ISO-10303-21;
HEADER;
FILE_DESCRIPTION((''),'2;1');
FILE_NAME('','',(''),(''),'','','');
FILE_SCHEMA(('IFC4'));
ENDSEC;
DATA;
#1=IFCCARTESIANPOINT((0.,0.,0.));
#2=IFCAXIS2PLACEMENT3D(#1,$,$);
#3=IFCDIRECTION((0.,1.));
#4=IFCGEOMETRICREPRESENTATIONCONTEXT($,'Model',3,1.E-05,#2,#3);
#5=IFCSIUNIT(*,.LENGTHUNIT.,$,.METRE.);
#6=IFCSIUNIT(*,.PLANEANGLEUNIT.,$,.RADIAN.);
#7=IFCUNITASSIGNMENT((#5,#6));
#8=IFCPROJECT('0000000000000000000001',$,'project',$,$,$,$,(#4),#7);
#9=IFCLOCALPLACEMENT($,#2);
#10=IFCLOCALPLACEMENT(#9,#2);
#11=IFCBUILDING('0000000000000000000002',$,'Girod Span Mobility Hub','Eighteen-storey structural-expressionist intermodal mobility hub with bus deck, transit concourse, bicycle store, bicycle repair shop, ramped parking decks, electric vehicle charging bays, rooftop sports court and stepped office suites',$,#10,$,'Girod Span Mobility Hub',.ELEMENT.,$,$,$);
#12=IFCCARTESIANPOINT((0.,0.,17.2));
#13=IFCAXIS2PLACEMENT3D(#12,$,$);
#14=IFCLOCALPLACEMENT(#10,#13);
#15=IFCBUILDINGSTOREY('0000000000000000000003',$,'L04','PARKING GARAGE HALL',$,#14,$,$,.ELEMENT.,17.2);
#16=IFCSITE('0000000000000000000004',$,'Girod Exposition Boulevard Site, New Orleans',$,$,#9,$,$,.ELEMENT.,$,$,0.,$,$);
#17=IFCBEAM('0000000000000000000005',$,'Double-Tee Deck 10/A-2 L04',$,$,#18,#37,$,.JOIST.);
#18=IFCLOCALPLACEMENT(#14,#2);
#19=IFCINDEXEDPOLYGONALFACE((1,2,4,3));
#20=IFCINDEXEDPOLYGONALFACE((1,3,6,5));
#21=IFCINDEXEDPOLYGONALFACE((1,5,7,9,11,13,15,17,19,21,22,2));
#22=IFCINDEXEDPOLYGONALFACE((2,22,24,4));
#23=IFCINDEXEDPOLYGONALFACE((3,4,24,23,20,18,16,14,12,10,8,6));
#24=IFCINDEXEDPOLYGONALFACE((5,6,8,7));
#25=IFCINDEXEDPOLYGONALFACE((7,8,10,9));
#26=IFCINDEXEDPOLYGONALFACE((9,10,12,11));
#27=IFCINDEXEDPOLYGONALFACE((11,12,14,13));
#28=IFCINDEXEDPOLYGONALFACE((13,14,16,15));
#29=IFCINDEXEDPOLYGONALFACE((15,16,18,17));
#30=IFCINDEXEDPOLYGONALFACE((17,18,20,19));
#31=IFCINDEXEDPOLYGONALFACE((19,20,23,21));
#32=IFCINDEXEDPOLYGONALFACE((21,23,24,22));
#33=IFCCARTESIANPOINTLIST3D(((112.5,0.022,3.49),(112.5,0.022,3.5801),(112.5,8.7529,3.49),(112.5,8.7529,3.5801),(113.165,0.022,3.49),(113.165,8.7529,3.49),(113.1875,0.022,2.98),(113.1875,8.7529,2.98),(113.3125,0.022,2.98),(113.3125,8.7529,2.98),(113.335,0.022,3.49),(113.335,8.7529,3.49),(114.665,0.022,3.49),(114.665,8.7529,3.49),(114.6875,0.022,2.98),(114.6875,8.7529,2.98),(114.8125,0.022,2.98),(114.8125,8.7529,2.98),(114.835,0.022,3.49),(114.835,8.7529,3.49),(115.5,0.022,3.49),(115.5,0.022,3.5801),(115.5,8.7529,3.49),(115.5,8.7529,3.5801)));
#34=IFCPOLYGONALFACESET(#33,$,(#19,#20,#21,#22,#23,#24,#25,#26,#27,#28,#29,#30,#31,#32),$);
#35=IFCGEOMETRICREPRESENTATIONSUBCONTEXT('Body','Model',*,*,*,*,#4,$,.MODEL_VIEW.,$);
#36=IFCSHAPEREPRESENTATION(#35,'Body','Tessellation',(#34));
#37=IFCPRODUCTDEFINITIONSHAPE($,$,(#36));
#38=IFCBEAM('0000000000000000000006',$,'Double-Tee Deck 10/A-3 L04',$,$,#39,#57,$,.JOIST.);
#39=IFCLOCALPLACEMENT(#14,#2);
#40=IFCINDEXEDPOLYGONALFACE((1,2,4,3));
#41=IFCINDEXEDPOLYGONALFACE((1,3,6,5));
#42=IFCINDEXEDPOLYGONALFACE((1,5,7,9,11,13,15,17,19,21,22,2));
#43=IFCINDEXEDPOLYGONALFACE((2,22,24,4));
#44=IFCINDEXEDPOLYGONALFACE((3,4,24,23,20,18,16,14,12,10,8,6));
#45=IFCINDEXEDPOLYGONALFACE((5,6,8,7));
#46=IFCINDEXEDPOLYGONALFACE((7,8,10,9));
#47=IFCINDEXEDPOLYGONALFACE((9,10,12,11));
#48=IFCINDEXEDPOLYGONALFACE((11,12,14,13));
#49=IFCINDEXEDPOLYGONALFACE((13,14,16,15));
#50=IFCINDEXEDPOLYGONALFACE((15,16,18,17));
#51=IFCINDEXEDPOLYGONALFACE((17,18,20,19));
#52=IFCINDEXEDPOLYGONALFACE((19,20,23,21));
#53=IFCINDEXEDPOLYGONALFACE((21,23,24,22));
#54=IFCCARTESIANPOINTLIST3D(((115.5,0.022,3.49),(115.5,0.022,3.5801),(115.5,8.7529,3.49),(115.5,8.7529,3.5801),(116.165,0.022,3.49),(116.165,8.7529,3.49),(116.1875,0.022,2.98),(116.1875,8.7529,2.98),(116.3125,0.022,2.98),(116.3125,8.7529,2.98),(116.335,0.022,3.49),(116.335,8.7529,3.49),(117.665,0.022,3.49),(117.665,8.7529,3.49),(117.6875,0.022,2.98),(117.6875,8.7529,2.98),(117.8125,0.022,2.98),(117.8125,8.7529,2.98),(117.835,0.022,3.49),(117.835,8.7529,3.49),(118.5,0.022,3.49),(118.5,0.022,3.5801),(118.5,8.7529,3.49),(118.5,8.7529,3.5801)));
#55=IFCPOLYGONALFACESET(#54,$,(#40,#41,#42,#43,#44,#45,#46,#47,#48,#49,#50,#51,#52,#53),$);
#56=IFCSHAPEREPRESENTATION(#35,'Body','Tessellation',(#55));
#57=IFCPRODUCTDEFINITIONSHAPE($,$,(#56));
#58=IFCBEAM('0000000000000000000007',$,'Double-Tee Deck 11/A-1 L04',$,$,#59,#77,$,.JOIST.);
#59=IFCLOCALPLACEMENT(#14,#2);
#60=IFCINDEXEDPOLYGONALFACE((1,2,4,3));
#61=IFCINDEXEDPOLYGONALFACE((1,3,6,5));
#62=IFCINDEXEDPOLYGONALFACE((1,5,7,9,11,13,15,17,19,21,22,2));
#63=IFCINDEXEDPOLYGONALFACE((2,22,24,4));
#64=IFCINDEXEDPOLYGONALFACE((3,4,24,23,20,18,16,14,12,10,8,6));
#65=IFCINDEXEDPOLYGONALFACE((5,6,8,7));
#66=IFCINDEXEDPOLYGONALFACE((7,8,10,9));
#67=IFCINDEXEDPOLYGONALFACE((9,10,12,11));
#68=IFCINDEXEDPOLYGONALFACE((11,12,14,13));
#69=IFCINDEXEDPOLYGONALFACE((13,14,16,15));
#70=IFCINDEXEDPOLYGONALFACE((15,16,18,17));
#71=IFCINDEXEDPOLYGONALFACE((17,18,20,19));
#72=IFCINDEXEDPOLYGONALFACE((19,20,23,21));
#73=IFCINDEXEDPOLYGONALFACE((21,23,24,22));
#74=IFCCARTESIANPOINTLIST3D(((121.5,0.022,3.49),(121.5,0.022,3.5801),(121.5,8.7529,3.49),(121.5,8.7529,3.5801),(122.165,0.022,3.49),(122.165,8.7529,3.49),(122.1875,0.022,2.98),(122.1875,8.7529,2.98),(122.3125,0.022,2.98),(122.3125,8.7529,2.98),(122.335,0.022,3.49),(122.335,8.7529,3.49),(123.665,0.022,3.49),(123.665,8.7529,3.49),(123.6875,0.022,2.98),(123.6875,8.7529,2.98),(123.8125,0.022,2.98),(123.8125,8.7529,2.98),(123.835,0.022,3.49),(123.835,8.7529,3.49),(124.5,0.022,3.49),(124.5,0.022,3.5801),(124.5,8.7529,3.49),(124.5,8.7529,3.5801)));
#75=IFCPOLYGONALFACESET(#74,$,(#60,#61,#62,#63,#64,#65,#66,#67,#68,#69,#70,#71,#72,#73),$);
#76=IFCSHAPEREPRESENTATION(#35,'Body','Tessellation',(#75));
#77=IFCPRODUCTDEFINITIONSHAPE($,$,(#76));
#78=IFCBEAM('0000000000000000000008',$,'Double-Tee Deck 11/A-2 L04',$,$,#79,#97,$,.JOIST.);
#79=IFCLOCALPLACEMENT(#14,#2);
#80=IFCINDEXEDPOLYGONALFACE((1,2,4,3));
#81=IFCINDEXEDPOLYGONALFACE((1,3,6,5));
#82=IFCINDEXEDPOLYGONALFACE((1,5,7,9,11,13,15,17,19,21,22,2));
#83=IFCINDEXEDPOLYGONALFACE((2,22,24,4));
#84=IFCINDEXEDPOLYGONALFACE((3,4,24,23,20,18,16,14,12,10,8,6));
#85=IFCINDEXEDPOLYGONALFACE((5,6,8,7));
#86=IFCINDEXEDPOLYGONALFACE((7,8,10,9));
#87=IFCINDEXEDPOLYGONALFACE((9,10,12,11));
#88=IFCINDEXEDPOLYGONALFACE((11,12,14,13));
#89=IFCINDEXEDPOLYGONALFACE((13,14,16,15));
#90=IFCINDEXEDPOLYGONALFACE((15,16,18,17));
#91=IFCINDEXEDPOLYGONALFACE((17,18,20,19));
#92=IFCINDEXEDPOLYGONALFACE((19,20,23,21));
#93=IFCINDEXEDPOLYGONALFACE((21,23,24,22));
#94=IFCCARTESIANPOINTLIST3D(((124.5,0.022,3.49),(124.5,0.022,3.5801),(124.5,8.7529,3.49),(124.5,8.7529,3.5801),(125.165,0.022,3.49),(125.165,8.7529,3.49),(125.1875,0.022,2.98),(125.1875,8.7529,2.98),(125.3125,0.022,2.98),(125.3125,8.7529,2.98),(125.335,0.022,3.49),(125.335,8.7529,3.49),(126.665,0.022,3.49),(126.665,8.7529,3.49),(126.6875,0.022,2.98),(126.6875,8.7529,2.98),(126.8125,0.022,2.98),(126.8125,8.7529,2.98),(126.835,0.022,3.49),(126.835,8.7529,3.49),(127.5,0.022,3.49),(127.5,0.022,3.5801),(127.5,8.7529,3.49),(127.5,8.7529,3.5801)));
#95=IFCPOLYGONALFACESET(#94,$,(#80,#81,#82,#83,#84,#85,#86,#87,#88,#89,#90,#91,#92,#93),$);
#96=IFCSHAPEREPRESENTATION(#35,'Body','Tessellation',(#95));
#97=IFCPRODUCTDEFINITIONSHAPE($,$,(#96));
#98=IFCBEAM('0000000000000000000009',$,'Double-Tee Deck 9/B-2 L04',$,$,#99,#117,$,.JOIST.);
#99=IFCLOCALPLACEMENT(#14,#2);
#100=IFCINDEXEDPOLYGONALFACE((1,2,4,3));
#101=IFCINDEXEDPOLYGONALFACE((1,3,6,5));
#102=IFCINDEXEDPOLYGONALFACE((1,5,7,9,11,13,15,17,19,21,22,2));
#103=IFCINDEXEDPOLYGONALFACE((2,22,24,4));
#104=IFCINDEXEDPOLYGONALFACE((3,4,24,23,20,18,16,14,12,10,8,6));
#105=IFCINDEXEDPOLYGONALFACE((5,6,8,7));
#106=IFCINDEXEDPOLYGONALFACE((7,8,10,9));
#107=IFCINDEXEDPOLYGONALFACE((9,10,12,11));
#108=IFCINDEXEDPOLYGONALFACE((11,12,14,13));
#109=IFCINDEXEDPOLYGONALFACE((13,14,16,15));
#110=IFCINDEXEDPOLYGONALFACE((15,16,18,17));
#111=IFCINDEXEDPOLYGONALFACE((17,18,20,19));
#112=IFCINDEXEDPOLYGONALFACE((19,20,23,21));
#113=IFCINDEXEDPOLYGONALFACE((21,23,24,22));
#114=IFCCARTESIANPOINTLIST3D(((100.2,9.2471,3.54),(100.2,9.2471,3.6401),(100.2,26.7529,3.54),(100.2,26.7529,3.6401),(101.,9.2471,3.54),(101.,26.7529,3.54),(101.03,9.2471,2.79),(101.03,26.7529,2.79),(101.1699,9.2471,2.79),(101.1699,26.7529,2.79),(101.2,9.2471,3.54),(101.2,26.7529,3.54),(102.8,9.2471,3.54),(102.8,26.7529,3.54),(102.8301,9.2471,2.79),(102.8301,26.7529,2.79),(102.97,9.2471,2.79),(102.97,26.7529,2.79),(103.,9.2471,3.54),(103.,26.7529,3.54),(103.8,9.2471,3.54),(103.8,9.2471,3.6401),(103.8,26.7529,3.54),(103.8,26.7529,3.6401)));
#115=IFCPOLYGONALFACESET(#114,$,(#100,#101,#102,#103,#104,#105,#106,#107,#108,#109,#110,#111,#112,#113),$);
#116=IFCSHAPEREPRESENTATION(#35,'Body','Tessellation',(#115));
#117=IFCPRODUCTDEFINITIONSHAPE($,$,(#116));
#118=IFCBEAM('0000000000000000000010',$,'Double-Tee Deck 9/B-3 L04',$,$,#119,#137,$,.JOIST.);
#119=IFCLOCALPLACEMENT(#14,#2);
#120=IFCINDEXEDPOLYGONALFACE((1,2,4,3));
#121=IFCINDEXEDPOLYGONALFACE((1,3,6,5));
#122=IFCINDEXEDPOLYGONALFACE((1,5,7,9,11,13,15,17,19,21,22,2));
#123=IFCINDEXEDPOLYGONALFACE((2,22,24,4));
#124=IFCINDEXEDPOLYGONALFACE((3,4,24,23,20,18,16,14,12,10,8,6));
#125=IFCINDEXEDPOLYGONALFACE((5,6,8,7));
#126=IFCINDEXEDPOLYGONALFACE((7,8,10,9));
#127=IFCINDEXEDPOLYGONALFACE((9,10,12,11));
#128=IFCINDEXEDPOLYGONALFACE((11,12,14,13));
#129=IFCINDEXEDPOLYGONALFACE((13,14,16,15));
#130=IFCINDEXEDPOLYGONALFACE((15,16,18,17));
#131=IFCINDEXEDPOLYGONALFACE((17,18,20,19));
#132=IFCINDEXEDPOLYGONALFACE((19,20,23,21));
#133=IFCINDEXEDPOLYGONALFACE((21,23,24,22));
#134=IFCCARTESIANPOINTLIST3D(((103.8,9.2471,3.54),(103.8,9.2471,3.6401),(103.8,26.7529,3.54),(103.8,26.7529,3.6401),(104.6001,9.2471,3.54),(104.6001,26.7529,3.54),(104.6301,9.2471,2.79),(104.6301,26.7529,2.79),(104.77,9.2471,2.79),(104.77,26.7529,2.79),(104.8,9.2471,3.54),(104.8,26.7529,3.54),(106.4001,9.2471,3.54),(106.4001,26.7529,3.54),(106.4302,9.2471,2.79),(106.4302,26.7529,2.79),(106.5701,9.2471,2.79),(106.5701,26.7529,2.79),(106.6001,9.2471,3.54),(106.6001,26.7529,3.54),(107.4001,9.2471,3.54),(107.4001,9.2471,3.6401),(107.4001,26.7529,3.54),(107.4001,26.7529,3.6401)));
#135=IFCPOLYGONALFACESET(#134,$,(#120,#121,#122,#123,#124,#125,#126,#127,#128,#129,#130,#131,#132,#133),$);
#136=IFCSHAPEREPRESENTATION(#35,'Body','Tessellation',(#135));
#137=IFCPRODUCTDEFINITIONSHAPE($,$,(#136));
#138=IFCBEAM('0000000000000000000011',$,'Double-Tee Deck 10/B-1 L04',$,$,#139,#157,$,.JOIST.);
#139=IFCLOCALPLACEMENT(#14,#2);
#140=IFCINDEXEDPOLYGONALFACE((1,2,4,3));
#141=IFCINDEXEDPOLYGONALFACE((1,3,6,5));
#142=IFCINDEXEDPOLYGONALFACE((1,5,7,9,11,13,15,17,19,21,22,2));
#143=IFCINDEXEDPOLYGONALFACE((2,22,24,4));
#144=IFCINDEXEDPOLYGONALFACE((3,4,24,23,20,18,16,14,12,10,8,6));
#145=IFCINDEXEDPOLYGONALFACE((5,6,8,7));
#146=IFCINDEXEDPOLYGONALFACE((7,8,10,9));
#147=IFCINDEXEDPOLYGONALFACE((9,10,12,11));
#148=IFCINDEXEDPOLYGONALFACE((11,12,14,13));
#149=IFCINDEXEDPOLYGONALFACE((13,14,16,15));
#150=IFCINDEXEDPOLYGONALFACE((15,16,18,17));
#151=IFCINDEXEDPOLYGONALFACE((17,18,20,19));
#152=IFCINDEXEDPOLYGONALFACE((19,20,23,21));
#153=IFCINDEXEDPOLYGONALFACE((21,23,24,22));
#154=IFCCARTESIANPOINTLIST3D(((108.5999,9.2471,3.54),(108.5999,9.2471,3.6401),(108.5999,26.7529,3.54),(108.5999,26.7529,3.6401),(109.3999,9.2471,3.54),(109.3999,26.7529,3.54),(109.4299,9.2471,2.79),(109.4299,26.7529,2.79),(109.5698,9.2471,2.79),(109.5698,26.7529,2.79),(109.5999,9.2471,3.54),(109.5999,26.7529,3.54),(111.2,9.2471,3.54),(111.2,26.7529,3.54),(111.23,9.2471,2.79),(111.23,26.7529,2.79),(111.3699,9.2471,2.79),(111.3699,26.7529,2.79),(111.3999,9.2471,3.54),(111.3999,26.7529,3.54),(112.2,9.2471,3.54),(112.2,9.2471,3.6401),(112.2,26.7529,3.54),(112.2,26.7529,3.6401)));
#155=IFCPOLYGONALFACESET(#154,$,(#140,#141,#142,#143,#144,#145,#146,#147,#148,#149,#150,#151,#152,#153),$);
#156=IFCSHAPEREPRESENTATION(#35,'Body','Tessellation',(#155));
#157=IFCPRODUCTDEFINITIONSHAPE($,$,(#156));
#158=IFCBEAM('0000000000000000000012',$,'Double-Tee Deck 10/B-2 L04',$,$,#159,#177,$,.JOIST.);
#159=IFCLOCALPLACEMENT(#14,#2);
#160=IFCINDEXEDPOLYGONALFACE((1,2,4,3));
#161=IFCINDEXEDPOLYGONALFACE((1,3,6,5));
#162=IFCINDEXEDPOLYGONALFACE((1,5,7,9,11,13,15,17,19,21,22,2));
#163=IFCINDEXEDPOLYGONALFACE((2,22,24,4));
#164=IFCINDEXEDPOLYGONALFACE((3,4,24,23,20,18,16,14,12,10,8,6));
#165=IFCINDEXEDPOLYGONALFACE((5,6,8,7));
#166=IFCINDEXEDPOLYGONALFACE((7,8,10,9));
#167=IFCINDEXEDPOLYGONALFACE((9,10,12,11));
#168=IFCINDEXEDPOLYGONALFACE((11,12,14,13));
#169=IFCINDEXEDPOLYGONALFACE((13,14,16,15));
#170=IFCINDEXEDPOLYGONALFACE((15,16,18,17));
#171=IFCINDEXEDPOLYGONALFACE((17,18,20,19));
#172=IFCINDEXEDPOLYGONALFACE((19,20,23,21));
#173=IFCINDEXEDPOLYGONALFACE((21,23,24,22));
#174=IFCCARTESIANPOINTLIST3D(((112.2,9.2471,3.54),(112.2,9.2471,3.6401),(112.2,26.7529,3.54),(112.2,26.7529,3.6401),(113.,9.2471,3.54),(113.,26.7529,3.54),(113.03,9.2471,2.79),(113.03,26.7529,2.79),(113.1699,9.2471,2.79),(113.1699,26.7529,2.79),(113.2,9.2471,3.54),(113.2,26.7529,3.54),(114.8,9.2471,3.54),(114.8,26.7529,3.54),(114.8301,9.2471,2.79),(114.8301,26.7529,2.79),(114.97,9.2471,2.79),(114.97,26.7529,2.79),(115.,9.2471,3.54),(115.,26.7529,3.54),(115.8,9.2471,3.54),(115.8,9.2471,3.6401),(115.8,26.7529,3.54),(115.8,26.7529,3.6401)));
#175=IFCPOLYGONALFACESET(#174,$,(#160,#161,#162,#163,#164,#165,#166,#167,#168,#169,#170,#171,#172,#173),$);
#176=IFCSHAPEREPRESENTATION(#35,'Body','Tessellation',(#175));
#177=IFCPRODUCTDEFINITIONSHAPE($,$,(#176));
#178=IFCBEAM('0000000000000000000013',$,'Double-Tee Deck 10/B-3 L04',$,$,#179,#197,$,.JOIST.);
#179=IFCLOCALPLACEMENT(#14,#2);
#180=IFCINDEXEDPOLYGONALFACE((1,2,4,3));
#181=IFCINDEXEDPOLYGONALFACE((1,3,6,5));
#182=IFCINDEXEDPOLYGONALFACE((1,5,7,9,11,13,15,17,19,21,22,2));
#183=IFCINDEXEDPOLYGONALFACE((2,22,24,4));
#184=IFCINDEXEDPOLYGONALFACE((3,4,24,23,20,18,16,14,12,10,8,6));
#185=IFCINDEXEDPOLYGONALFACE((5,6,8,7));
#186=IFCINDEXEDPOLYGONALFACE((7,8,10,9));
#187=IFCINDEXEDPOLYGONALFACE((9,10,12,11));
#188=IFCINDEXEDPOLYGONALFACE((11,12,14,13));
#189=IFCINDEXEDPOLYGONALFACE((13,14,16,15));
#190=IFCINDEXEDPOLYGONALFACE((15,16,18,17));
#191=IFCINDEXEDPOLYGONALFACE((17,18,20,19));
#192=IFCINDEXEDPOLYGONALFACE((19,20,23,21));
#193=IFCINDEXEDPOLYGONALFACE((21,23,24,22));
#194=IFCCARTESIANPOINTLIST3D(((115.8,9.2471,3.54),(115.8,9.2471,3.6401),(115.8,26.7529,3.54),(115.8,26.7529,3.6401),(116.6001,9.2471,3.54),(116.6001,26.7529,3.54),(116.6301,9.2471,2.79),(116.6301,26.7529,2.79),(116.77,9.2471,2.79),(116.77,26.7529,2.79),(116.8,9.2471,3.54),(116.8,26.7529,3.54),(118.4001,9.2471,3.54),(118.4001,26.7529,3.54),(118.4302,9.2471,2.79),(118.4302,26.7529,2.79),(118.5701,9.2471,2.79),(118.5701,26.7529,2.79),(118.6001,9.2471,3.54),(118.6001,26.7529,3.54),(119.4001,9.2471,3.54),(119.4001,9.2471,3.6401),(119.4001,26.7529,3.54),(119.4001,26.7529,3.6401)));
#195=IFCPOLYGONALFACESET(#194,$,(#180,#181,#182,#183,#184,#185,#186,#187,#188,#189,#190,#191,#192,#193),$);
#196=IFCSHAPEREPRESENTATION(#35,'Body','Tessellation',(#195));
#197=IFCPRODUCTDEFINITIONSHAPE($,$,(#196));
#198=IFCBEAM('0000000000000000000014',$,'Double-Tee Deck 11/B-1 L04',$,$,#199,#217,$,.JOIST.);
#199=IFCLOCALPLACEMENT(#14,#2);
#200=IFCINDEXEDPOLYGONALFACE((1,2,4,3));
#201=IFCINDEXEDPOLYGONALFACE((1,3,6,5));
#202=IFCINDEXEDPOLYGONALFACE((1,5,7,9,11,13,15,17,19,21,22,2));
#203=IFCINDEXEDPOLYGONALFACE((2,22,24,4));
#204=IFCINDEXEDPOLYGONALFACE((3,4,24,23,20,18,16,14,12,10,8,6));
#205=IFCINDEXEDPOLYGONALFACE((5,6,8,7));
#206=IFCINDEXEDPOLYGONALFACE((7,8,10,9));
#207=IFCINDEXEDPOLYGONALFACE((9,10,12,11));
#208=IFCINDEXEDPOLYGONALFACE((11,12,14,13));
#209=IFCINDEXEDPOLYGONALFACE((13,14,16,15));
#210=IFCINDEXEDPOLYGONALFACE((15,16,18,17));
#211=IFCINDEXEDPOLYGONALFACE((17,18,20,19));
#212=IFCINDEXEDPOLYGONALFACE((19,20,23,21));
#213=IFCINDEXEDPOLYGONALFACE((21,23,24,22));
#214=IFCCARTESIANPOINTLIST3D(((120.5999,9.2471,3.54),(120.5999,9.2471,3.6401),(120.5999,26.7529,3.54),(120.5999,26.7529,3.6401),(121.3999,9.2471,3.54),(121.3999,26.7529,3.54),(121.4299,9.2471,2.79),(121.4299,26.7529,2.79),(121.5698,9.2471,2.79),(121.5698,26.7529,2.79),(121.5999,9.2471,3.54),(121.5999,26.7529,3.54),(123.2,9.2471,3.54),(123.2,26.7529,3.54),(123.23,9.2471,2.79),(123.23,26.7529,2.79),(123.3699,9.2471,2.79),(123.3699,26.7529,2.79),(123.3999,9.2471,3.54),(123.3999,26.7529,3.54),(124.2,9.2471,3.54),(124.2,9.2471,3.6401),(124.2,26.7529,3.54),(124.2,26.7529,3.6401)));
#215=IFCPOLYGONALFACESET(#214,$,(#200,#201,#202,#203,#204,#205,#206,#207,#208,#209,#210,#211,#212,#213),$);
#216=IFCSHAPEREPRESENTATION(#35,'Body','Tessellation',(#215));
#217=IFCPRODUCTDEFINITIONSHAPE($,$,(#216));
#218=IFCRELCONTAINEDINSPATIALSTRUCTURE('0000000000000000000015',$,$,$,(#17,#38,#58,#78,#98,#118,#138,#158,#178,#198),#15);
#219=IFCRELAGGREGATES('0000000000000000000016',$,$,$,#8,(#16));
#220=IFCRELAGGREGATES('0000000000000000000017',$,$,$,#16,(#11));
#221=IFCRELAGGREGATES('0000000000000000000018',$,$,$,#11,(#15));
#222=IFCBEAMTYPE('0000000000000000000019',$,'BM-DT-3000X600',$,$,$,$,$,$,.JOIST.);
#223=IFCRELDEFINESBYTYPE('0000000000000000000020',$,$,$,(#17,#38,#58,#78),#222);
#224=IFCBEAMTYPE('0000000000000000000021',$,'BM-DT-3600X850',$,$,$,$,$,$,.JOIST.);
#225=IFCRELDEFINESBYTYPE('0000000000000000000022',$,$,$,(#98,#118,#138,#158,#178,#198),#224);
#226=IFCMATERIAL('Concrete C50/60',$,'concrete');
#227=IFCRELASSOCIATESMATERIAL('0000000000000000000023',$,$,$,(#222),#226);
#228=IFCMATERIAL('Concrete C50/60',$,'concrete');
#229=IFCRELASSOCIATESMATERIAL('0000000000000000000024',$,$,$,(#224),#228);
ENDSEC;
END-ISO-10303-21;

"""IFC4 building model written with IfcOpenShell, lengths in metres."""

from ifc_helpers import new_model, si_unit, direction, frame, origin, place, context, subcontext, project, spatial, polyline, outline, extrude, material, material_profile, profile_set, type_object, element, save


model = new_model("IFC4")

# Units and contexts
model_context = context("Model", 3, precision=1e-05, world=origin(), true_north=direction((0.0, 1.0)))
body_context = subcontext(model_context, "Body", "Model", "MODEL_VIEW")
ifc_project = project(units=[si_unit("LENGTHUNIT", "METRE"), si_unit("PLANEANGLEUNIT", "RADIAN")], contexts=[model_context])

# Site, building, storey
site_placement = place(None, origin())
site = spatial("IfcSite", under=ifc_project, at=site_placement, Name="Girod Exposition Boulevard Site, New Orleans", CompositionType="ELEMENT", RefElevation=0.0)
building_placement = place(site_placement, origin())
building = spatial("IfcBuilding", under=site, at=building_placement, Name="Girod Span Mobility Hub", Description="Eighteen-storey structural-expressionist intermodal mobility hub with bus deck, transit concourse, bicycle store, bicycle repair shop, ramped parking decks, electric vehicle charging bays, rooftop sports court and stepped office suites", LongName="Girod Span Mobility Hub", CompositionType="ELEMENT")
storey_placement = place(building_placement, frame((0.0, 0.0, 17.2)))
storey = spatial("IfcBuildingStorey", under=building, at=storey_placement, Name="L04", Description="PARKING GARAGE HALL", CompositionType="ELEMENT", Elevation=17.2)

# Beams
ifc_material_1 = material(Name="Concrete C50/60", Category="concrete")
ifc_material_profile_1 = material_profile(ifc_material_1, outline(polyline([(-1.5, 0.3), (-1.5, 0.21), (-0.835, 0.21), (-0.8125, -0.3), (-0.6875, -0.3), (-0.665, 0.21), (0.665, 0.21), (0.6875, -0.3), (0.8125, -0.3), (0.835, 0.21), (1.5, 0.21), (1.5, 0.3), (-1.5, 0.3)])), Name="DT-3000X600")
ifc_profile_set_1 = profile_set([ifc_material_profile_1], Name="Concrete C50/60")
beam_type_1 = type_object("IfcBeamType", Name="BM-DT-3000X600", PredefinedType="JOIST", material=ifc_profile_set_1)
for number, where, z_axis, x_axis, name in (
    (1, (114.0, 0.022, 3.28), (0.0, 1.0, 0.0), (-1.0, 0.0, 0.0), "Double-Tee Deck 10/A-2 L04"),
    (2, (117.0, 0.022, 3.28), (0.0, 1.0, 0.0), (-1.0, 0.0, 0.0), "Double-Tee Deck 10/A-3 L04"),
    (3, (123.0, 0.022, 3.28), (0.0, 1.0, 0.0), (-1.0, 0.0, 0.0), "Double-Tee Deck 11/A-1 L04"),
    (4, (126.0, 0.022, 3.28), (0.0, 1.0, 0.0), (-1.0, 0.0, 0.0), "Double-Tee Deck 11/A-2 L04"),
):
    element("IfcBeam", number, at=place(storey_placement, frame(where, z_axis=z_axis, x_axis=x_axis)), inside=storey, type_object=beam_type_1, Name=name, PredefinedType="JOIST", context=body_context, shape_type="SweptSolid", body=[
        extrude(outline(polyline([(-1.5, 0.3), (-1.5, 0.21), (-0.835, 0.21), (-0.8125, -0.3), (-0.6875, -0.3), (-0.665, 0.21), (0.665, 0.21), (0.6875, -0.3), (0.8125, -0.3), (0.835, 0.21), (1.5, 0.21), (1.5, 0.3), (-1.5, 0.3)])), origin(), (0.0, 0.0, 1.0), 8.731),
    ])
ifc_material_2 = material(Name="Concrete C50/60", Category="concrete")
ifc_material_profile_2 = material_profile(ifc_material_2, outline(polyline([(-1.8, 0.425), (-1.8, 0.325), (-1.0, 0.325), (-0.97, -0.425), (-0.8301, -0.425), (-0.8, 0.325), (0.8, 0.325), (0.8301, -0.425), (0.97, -0.425), (1.0, 0.325), (1.8, 0.325), (1.8, 0.425), (-1.8, 0.425)])), Name="DT-3600X850")
ifc_profile_set_2 = profile_set([ifc_material_profile_2], Name="Concrete C50/60")
beam_type_2 = type_object("IfcBeamType", Name="BM-DT-3600X850", PredefinedType="JOIST", material=ifc_profile_set_2)
for number, where, z_axis, x_axis, name in (
    (5, (102.0, 9.2471, 3.2151), (0.0, 1.0, 0.0), (-1.0, 0.0, 0.0), "Double-Tee Deck 9/B-2 L04"),
    (6, (105.6001, 9.2471, 3.2151), (0.0, 1.0, 0.0), (-1.0, 0.0, 0.0), "Double-Tee Deck 9/B-3 L04"),
    (7, (110.3999, 9.2471, 3.2151), (0.0, 1.0, 0.0), (-1.0, 0.0, 0.0), "Double-Tee Deck 10/B-1 L04"),
    (8, (114.0, 9.2471, 3.2151), (0.0, 1.0, 0.0), (-1.0, 0.0, 0.0), "Double-Tee Deck 10/B-2 L04"),
    (9, (117.6001, 9.2471, 3.2151), (0.0, 1.0, 0.0), (-1.0, 0.0, 0.0), "Double-Tee Deck 10/B-3 L04"),
    (10, (122.3999, 9.2471, 3.2151), (0.0, 1.0, 0.0), (-1.0, 0.0, 0.0), "Double-Tee Deck 11/B-1 L04"),
):
    element("IfcBeam", number, at=place(storey_placement, frame(where, z_axis=z_axis, x_axis=x_axis)), inside=storey, type_object=beam_type_2, Name=name, PredefinedType="JOIST", context=body_context, shape_type="SweptSolid", body=[
        extrude(outline(polyline([(-1.8, 0.425), (-1.8, 0.325), (-1.0, 0.325), (-0.97, -0.425), (-0.8301, -0.425), (-0.8, 0.325), (0.8, 0.325), (0.8301, -0.425), (0.97, -0.425), (1.0, 0.325), (1.8, 0.325), (1.8, 0.425), (-1.8, 0.425)])), origin(), (0.0, 0.0, 1.0), 17.5059),
    ])

save(model, "model.ifc")
